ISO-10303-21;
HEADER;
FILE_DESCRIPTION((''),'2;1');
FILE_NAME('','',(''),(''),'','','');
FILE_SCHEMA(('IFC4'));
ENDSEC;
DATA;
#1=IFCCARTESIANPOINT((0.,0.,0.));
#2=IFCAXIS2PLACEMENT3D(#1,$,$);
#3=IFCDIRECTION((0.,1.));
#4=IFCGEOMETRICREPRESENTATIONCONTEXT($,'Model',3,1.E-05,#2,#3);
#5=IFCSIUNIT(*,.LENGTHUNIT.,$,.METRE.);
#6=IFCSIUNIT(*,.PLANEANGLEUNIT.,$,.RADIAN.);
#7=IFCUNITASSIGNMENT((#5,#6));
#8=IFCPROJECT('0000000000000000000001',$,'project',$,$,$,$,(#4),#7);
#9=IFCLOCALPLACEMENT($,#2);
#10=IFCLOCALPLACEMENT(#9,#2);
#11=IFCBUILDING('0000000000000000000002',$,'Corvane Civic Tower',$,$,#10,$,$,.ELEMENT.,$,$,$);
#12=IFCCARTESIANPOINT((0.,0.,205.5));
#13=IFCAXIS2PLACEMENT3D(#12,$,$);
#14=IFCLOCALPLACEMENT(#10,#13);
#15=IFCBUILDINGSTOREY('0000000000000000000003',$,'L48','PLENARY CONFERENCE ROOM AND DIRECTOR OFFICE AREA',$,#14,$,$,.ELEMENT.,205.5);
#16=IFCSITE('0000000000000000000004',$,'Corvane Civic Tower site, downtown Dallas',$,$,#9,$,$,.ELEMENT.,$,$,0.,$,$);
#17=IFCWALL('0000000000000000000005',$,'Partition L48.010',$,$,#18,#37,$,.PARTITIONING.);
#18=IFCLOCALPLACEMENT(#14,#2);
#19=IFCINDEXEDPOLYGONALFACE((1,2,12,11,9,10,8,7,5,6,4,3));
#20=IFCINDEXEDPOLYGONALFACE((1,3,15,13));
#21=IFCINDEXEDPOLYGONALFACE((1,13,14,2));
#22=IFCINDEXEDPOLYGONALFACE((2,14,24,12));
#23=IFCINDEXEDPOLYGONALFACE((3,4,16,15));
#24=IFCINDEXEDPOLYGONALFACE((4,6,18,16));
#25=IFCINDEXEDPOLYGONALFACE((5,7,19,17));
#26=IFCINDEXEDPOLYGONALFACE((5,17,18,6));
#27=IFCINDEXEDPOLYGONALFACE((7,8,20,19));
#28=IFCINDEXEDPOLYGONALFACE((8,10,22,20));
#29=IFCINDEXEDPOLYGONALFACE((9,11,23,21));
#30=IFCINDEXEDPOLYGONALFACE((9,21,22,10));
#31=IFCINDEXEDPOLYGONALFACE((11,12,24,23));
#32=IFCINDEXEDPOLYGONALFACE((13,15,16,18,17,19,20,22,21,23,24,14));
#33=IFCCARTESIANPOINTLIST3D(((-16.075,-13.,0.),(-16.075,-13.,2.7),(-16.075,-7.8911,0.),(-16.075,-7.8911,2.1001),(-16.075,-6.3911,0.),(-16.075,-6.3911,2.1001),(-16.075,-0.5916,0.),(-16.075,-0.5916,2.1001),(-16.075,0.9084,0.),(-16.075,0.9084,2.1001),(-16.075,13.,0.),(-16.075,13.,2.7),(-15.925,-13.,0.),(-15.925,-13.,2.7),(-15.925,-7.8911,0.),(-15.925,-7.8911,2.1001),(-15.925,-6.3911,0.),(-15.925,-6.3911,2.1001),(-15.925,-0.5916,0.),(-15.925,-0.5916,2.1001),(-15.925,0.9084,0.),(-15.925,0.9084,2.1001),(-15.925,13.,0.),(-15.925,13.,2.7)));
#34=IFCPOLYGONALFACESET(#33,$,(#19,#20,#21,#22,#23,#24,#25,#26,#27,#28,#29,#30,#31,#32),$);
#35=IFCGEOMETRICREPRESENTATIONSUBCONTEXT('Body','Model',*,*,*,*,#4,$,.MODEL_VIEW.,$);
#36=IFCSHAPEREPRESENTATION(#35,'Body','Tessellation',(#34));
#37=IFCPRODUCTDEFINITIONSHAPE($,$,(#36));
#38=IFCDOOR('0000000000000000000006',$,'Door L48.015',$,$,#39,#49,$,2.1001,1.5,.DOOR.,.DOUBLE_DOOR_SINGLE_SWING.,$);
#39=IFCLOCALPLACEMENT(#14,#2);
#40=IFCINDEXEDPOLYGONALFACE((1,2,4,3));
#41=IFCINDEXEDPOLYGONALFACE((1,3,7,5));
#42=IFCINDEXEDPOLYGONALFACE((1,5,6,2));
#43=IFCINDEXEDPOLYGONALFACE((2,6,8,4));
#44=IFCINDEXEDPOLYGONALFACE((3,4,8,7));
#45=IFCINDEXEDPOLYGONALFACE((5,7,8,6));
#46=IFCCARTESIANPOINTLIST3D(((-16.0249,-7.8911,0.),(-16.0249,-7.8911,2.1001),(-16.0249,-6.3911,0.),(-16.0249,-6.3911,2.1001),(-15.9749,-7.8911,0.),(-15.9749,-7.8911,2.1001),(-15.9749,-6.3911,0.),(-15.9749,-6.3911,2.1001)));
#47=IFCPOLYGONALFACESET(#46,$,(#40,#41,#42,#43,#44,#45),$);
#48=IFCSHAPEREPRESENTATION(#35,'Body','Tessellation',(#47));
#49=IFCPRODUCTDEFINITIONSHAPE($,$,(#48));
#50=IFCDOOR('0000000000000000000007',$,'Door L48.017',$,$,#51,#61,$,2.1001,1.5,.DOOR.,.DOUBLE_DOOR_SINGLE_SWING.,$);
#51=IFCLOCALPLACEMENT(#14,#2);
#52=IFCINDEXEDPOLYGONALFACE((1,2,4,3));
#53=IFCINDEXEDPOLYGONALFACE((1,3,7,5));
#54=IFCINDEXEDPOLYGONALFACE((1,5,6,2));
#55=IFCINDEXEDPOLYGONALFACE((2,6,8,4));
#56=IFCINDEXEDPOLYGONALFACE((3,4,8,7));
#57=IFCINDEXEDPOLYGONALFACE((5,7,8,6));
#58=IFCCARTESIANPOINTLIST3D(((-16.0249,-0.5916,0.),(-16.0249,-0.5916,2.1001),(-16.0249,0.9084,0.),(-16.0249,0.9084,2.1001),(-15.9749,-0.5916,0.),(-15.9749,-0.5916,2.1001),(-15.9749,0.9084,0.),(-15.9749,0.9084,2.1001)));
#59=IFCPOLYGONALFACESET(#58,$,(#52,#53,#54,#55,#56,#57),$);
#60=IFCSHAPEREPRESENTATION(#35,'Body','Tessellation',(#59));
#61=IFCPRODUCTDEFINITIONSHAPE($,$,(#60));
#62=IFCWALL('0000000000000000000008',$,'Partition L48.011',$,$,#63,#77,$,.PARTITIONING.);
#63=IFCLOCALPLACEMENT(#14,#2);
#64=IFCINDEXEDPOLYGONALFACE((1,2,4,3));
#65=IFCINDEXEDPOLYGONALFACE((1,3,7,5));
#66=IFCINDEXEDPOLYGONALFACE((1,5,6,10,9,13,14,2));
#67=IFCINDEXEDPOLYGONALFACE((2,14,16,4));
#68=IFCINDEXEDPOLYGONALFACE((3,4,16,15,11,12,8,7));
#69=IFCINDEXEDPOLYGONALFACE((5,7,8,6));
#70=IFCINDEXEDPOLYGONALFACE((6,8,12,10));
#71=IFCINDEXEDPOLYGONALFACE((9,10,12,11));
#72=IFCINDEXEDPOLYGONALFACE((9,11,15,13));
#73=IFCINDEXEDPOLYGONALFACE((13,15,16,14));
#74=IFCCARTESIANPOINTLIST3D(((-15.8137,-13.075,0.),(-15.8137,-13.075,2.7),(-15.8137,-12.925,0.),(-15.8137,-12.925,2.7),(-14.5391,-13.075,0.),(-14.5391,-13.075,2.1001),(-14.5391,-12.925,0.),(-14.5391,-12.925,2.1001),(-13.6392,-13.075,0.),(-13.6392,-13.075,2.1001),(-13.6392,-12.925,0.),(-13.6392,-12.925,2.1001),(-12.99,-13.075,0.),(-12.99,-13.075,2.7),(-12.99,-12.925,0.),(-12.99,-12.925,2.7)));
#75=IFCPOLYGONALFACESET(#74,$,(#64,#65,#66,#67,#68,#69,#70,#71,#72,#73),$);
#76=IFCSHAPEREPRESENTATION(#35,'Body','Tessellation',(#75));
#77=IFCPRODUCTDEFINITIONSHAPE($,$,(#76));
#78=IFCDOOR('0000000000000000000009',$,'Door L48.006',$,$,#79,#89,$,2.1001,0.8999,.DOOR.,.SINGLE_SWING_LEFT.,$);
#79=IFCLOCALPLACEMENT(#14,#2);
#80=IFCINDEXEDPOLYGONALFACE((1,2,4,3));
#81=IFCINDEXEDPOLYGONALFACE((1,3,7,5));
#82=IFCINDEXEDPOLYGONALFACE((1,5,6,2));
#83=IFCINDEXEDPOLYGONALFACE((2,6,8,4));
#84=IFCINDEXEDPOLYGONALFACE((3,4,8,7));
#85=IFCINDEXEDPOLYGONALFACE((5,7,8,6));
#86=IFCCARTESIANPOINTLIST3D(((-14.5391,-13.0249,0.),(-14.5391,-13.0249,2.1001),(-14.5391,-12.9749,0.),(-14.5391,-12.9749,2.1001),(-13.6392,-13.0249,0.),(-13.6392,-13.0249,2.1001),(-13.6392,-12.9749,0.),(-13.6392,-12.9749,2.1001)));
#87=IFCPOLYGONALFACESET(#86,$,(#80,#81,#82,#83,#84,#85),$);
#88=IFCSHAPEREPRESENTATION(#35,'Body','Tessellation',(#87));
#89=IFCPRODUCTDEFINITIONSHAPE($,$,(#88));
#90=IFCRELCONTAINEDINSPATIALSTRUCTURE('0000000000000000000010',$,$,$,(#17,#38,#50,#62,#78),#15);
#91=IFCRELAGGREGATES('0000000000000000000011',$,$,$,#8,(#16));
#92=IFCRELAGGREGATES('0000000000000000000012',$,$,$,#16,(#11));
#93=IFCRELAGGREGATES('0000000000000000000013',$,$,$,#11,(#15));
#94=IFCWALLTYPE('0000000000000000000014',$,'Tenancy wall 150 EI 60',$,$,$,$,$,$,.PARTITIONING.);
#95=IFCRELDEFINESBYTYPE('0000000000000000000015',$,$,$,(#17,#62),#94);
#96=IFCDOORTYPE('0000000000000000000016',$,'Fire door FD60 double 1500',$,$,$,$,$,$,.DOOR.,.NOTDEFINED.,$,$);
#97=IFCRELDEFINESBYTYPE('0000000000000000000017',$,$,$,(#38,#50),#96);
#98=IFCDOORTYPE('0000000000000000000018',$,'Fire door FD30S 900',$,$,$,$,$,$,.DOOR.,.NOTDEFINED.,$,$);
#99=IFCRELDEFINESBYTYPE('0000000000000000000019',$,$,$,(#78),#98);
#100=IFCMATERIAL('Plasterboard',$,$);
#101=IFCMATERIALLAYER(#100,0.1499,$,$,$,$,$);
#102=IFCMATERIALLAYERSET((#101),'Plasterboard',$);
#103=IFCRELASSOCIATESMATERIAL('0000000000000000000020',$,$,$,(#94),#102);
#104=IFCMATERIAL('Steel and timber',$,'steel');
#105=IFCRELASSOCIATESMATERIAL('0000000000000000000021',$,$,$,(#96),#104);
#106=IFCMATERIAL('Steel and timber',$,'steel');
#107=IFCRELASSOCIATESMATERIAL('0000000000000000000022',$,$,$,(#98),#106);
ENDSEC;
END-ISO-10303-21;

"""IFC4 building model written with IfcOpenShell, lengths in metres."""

from ifc_helpers import new_model, si_unit, direction, frame, frame_2d, origin, place, context, subcontext, project, spatial, rectangle, extrude, material, layer, layer_set, type_object, element, fill, save


model = new_model("IFC4")

# Units and contexts
model_context = context("Model", 3, precision=1e-05, world=origin(), true_north=direction((0.0, 1.0)))
body_context = subcontext(model_context, "Body", "Model", "MODEL_VIEW")
ifc_project = project(units=[si_unit("LENGTHUNIT", "METRE"), si_unit("PLANEANGLEUNIT", "RADIAN")], contexts=[model_context])

# Site, building, storey
site_placement = place(None, origin())
site = spatial("IfcSite", under=ifc_project, at=site_placement, Name="Corvane Civic Tower site, downtown Dallas", CompositionType="ELEMENT", RefElevation=0.0)
building_placement = place(site_placement, origin())
building = spatial("IfcBuilding", under=site, at=building_placement, Name="Corvane Civic Tower", CompositionType="ELEMENT")
storey_placement = place(building_placement, frame((0.0, 0.0, 205.5)))
storey = spatial("IfcBuildingStorey", under=building, at=storey_placement, Name="L48", Description="PLENARY CONFERENCE ROOM AND DIRECTOR OFFICE AREA", CompositionType="ELEMENT", Elevation=205.5)

# Wall, openings, doors
ifc_material_1 = material(Name="Plasterboard")
ifc_layer_1 = layer(ifc_material_1, 0.1499)
ifc_layer_set_1 = layer_set([ifc_layer_1], Name="Plasterboard")
wall_type_1 = type_object("IfcWallType", Name="Tenancy wall 150 EI 60", PredefinedType="PARTITIONING", material=ifc_layer_set_1)
wall_1_placement = place(storey_placement, frame((-16.0, -13.0, 0.0), z_axis=(0.0, 0.0, 1.0), x_axis=(0.0, 1.0, 0.0)))
wall_1 = element("IfcWall", 1, at=wall_1_placement, inside=storey, type_object=wall_type_1, Name="Partition L48.010", PredefinedType="PARTITIONING", context=body_context, shape_type="SweptSolid", body=[
    extrude(rectangle(XDim=26.0, YDim=0.1499, at=frame_2d((13.0, 0.0))), origin(), (0.0, 0.0, 1.0), 2.7),
])
opening_1_placement = place(wall_1_placement, frame((5.1089, 0.0, 0.0)))
opening_1 = element("IfcOpeningElement", 2, at=opening_1_placement, cuts=wall_1, PredefinedType="OPENING", context=body_context, shape_type="SweptSolid", body=[
    extrude(rectangle(XDim=1.5, YDim=2.1001, at=frame_2d((0.75, 1.05))), frame((0.0, 0.085, 0.0), z_axis=(0.0, -1.0, 0.0), x_axis=(1.0, 0.0, 0.0)), (0.0, 0.0, 1.0), 0.1699),
])
opening_2_placement = place(wall_1_placement, frame((12.4084, 0.0, 0.0)))
opening_2 = element("IfcOpeningElement", 3, at=opening_2_placement, cuts=wall_1, PredefinedType="OPENING", context=body_context, shape_type="SweptSolid", body=[
    extrude(rectangle(XDim=1.5, YDim=2.1001, at=frame_2d((0.75, 1.05))), frame((0.0, 0.085, 0.0), z_axis=(0.0, -1.0, 0.0), x_axis=(1.0, 0.0, 0.0)), (0.0, 0.0, 1.0), 0.1699),
])
ifc_material_2 = material(Name="Steel and timber", Category="steel")
door_type_1 = type_object("IfcDoorType", Name="Fire door FD60 double 1500", OperationType="NOTDEFINED", PredefinedType="DOOR", material=ifc_material_2)
door_1_placement = place(opening_1_placement, origin())
door_1 = element("IfcDoor", 4, at=door_1_placement, inside=storey, type_object=door_type_1, Name="Door L48.015", OperationType="DOUBLE_DOOR_SINGLE_SWING", OverallHeight=2.1001, OverallWidth=1.5, PredefinedType="DOOR", context=body_context, shape_type="SweptSolid", body=[
    extrude(rectangle(XDim=1.5, YDim=2.1001, at=frame_2d((0.75, 1.05))), frame((0.0, 0.0249, 0.0), z_axis=(0.0, -1.0, 0.0), x_axis=(1.0, 0.0, 0.0)), (0.0, 0.0, 1.0), 0.05),
])
fill(opening_1, door_1)
door_2_placement = place(opening_2_placement, origin())
door_2 = element("IfcDoor", 5, at=door_2_placement, inside=storey, type_object=door_type_1, Name="Door L48.017", OperationType="DOUBLE_DOOR_SINGLE_SWING", OverallHeight=2.1001, OverallWidth=1.5, PredefinedType="DOOR", context=body_context, shape_type="SweptSolid", body=[
    extrude(rectangle(XDim=1.5, YDim=2.1001, at=frame_2d((0.75, 1.05))), frame((0.0, 0.0249, 0.0), z_axis=(0.0, -1.0, 0.0), x_axis=(1.0, 0.0, 0.0)), (0.0, 0.0, 1.0), 0.05),
])
fill(opening_2, door_2)

# Wall, opening, door
wall_2_placement = place(storey_placement, frame((-15.8137, -13.0, 0.0), z_axis=(0.0, 0.0, 1.0), x_axis=(1.0, 0.0, 0.0)))
wall_2 = element("IfcWall", 6, at=wall_2_placement, inside=storey, type_object=wall_type_1, Name="Partition L48.011", PredefinedType="PARTITIONING", context=body_context, shape_type="SweptSolid", body=[
    extrude(rectangle(XDim=2.8237, YDim=0.1499, at=frame_2d((1.4119, 0.0))), origin(), (0.0, 0.0, 1.0), 2.7),
])
opening_3_placement = place(wall_2_placement, frame((1.2747, 0.0, 0.0)))
opening_3 = element("IfcOpeningElement", 7, at=opening_3_placement, cuts=wall_2, PredefinedType="OPENING", context=body_context, shape_type="SweptSolid", body=[
    extrude(rectangle(XDim=0.8999, YDim=2.1001, at=frame_2d((0.45, 1.05))), frame((0.0, 0.085, 0.0), z_axis=(0.0, -1.0, 0.0), x_axis=(1.0, 0.0, 0.0)), (0.0, 0.0, 1.0), 0.1699),
])
ifc_material_3 = material(Name="Steel and timber", Category="steel")
door_type_2 = type_object("IfcDoorType", Name="Fire door FD30S 900", OperationType="NOTDEFINED", PredefinedType="DOOR", material=ifc_material_3)
door_3_placement = place(opening_3_placement, frame((0.8999, 0.0, 0.0), z_axis=(0.0, 0.0, 1.0), x_axis=(-1.0, 0.0, 0.0)))
door_3 = element("IfcDoor", 8, at=door_3_placement, inside=storey, type_object=door_type_2, Name="Door L48.006", OperationType="SINGLE_SWING_LEFT", OverallHeight=2.1001, OverallWidth=0.8999, PredefinedType="DOOR", context=body_context, shape_type="SweptSolid", body=[
    extrude(rectangle(XDim=0.8999, YDim=2.1001, at=frame_2d((0.45, 1.05))), frame((0.0, 0.0249, 0.0), z_axis=(0.0, -1.0, 0.0), x_axis=(1.0, 0.0, 0.0)), (0.0, 0.0, 1.0), 0.05),
])
fill(opening_3, door_3)

save(model, "model.ifc")
